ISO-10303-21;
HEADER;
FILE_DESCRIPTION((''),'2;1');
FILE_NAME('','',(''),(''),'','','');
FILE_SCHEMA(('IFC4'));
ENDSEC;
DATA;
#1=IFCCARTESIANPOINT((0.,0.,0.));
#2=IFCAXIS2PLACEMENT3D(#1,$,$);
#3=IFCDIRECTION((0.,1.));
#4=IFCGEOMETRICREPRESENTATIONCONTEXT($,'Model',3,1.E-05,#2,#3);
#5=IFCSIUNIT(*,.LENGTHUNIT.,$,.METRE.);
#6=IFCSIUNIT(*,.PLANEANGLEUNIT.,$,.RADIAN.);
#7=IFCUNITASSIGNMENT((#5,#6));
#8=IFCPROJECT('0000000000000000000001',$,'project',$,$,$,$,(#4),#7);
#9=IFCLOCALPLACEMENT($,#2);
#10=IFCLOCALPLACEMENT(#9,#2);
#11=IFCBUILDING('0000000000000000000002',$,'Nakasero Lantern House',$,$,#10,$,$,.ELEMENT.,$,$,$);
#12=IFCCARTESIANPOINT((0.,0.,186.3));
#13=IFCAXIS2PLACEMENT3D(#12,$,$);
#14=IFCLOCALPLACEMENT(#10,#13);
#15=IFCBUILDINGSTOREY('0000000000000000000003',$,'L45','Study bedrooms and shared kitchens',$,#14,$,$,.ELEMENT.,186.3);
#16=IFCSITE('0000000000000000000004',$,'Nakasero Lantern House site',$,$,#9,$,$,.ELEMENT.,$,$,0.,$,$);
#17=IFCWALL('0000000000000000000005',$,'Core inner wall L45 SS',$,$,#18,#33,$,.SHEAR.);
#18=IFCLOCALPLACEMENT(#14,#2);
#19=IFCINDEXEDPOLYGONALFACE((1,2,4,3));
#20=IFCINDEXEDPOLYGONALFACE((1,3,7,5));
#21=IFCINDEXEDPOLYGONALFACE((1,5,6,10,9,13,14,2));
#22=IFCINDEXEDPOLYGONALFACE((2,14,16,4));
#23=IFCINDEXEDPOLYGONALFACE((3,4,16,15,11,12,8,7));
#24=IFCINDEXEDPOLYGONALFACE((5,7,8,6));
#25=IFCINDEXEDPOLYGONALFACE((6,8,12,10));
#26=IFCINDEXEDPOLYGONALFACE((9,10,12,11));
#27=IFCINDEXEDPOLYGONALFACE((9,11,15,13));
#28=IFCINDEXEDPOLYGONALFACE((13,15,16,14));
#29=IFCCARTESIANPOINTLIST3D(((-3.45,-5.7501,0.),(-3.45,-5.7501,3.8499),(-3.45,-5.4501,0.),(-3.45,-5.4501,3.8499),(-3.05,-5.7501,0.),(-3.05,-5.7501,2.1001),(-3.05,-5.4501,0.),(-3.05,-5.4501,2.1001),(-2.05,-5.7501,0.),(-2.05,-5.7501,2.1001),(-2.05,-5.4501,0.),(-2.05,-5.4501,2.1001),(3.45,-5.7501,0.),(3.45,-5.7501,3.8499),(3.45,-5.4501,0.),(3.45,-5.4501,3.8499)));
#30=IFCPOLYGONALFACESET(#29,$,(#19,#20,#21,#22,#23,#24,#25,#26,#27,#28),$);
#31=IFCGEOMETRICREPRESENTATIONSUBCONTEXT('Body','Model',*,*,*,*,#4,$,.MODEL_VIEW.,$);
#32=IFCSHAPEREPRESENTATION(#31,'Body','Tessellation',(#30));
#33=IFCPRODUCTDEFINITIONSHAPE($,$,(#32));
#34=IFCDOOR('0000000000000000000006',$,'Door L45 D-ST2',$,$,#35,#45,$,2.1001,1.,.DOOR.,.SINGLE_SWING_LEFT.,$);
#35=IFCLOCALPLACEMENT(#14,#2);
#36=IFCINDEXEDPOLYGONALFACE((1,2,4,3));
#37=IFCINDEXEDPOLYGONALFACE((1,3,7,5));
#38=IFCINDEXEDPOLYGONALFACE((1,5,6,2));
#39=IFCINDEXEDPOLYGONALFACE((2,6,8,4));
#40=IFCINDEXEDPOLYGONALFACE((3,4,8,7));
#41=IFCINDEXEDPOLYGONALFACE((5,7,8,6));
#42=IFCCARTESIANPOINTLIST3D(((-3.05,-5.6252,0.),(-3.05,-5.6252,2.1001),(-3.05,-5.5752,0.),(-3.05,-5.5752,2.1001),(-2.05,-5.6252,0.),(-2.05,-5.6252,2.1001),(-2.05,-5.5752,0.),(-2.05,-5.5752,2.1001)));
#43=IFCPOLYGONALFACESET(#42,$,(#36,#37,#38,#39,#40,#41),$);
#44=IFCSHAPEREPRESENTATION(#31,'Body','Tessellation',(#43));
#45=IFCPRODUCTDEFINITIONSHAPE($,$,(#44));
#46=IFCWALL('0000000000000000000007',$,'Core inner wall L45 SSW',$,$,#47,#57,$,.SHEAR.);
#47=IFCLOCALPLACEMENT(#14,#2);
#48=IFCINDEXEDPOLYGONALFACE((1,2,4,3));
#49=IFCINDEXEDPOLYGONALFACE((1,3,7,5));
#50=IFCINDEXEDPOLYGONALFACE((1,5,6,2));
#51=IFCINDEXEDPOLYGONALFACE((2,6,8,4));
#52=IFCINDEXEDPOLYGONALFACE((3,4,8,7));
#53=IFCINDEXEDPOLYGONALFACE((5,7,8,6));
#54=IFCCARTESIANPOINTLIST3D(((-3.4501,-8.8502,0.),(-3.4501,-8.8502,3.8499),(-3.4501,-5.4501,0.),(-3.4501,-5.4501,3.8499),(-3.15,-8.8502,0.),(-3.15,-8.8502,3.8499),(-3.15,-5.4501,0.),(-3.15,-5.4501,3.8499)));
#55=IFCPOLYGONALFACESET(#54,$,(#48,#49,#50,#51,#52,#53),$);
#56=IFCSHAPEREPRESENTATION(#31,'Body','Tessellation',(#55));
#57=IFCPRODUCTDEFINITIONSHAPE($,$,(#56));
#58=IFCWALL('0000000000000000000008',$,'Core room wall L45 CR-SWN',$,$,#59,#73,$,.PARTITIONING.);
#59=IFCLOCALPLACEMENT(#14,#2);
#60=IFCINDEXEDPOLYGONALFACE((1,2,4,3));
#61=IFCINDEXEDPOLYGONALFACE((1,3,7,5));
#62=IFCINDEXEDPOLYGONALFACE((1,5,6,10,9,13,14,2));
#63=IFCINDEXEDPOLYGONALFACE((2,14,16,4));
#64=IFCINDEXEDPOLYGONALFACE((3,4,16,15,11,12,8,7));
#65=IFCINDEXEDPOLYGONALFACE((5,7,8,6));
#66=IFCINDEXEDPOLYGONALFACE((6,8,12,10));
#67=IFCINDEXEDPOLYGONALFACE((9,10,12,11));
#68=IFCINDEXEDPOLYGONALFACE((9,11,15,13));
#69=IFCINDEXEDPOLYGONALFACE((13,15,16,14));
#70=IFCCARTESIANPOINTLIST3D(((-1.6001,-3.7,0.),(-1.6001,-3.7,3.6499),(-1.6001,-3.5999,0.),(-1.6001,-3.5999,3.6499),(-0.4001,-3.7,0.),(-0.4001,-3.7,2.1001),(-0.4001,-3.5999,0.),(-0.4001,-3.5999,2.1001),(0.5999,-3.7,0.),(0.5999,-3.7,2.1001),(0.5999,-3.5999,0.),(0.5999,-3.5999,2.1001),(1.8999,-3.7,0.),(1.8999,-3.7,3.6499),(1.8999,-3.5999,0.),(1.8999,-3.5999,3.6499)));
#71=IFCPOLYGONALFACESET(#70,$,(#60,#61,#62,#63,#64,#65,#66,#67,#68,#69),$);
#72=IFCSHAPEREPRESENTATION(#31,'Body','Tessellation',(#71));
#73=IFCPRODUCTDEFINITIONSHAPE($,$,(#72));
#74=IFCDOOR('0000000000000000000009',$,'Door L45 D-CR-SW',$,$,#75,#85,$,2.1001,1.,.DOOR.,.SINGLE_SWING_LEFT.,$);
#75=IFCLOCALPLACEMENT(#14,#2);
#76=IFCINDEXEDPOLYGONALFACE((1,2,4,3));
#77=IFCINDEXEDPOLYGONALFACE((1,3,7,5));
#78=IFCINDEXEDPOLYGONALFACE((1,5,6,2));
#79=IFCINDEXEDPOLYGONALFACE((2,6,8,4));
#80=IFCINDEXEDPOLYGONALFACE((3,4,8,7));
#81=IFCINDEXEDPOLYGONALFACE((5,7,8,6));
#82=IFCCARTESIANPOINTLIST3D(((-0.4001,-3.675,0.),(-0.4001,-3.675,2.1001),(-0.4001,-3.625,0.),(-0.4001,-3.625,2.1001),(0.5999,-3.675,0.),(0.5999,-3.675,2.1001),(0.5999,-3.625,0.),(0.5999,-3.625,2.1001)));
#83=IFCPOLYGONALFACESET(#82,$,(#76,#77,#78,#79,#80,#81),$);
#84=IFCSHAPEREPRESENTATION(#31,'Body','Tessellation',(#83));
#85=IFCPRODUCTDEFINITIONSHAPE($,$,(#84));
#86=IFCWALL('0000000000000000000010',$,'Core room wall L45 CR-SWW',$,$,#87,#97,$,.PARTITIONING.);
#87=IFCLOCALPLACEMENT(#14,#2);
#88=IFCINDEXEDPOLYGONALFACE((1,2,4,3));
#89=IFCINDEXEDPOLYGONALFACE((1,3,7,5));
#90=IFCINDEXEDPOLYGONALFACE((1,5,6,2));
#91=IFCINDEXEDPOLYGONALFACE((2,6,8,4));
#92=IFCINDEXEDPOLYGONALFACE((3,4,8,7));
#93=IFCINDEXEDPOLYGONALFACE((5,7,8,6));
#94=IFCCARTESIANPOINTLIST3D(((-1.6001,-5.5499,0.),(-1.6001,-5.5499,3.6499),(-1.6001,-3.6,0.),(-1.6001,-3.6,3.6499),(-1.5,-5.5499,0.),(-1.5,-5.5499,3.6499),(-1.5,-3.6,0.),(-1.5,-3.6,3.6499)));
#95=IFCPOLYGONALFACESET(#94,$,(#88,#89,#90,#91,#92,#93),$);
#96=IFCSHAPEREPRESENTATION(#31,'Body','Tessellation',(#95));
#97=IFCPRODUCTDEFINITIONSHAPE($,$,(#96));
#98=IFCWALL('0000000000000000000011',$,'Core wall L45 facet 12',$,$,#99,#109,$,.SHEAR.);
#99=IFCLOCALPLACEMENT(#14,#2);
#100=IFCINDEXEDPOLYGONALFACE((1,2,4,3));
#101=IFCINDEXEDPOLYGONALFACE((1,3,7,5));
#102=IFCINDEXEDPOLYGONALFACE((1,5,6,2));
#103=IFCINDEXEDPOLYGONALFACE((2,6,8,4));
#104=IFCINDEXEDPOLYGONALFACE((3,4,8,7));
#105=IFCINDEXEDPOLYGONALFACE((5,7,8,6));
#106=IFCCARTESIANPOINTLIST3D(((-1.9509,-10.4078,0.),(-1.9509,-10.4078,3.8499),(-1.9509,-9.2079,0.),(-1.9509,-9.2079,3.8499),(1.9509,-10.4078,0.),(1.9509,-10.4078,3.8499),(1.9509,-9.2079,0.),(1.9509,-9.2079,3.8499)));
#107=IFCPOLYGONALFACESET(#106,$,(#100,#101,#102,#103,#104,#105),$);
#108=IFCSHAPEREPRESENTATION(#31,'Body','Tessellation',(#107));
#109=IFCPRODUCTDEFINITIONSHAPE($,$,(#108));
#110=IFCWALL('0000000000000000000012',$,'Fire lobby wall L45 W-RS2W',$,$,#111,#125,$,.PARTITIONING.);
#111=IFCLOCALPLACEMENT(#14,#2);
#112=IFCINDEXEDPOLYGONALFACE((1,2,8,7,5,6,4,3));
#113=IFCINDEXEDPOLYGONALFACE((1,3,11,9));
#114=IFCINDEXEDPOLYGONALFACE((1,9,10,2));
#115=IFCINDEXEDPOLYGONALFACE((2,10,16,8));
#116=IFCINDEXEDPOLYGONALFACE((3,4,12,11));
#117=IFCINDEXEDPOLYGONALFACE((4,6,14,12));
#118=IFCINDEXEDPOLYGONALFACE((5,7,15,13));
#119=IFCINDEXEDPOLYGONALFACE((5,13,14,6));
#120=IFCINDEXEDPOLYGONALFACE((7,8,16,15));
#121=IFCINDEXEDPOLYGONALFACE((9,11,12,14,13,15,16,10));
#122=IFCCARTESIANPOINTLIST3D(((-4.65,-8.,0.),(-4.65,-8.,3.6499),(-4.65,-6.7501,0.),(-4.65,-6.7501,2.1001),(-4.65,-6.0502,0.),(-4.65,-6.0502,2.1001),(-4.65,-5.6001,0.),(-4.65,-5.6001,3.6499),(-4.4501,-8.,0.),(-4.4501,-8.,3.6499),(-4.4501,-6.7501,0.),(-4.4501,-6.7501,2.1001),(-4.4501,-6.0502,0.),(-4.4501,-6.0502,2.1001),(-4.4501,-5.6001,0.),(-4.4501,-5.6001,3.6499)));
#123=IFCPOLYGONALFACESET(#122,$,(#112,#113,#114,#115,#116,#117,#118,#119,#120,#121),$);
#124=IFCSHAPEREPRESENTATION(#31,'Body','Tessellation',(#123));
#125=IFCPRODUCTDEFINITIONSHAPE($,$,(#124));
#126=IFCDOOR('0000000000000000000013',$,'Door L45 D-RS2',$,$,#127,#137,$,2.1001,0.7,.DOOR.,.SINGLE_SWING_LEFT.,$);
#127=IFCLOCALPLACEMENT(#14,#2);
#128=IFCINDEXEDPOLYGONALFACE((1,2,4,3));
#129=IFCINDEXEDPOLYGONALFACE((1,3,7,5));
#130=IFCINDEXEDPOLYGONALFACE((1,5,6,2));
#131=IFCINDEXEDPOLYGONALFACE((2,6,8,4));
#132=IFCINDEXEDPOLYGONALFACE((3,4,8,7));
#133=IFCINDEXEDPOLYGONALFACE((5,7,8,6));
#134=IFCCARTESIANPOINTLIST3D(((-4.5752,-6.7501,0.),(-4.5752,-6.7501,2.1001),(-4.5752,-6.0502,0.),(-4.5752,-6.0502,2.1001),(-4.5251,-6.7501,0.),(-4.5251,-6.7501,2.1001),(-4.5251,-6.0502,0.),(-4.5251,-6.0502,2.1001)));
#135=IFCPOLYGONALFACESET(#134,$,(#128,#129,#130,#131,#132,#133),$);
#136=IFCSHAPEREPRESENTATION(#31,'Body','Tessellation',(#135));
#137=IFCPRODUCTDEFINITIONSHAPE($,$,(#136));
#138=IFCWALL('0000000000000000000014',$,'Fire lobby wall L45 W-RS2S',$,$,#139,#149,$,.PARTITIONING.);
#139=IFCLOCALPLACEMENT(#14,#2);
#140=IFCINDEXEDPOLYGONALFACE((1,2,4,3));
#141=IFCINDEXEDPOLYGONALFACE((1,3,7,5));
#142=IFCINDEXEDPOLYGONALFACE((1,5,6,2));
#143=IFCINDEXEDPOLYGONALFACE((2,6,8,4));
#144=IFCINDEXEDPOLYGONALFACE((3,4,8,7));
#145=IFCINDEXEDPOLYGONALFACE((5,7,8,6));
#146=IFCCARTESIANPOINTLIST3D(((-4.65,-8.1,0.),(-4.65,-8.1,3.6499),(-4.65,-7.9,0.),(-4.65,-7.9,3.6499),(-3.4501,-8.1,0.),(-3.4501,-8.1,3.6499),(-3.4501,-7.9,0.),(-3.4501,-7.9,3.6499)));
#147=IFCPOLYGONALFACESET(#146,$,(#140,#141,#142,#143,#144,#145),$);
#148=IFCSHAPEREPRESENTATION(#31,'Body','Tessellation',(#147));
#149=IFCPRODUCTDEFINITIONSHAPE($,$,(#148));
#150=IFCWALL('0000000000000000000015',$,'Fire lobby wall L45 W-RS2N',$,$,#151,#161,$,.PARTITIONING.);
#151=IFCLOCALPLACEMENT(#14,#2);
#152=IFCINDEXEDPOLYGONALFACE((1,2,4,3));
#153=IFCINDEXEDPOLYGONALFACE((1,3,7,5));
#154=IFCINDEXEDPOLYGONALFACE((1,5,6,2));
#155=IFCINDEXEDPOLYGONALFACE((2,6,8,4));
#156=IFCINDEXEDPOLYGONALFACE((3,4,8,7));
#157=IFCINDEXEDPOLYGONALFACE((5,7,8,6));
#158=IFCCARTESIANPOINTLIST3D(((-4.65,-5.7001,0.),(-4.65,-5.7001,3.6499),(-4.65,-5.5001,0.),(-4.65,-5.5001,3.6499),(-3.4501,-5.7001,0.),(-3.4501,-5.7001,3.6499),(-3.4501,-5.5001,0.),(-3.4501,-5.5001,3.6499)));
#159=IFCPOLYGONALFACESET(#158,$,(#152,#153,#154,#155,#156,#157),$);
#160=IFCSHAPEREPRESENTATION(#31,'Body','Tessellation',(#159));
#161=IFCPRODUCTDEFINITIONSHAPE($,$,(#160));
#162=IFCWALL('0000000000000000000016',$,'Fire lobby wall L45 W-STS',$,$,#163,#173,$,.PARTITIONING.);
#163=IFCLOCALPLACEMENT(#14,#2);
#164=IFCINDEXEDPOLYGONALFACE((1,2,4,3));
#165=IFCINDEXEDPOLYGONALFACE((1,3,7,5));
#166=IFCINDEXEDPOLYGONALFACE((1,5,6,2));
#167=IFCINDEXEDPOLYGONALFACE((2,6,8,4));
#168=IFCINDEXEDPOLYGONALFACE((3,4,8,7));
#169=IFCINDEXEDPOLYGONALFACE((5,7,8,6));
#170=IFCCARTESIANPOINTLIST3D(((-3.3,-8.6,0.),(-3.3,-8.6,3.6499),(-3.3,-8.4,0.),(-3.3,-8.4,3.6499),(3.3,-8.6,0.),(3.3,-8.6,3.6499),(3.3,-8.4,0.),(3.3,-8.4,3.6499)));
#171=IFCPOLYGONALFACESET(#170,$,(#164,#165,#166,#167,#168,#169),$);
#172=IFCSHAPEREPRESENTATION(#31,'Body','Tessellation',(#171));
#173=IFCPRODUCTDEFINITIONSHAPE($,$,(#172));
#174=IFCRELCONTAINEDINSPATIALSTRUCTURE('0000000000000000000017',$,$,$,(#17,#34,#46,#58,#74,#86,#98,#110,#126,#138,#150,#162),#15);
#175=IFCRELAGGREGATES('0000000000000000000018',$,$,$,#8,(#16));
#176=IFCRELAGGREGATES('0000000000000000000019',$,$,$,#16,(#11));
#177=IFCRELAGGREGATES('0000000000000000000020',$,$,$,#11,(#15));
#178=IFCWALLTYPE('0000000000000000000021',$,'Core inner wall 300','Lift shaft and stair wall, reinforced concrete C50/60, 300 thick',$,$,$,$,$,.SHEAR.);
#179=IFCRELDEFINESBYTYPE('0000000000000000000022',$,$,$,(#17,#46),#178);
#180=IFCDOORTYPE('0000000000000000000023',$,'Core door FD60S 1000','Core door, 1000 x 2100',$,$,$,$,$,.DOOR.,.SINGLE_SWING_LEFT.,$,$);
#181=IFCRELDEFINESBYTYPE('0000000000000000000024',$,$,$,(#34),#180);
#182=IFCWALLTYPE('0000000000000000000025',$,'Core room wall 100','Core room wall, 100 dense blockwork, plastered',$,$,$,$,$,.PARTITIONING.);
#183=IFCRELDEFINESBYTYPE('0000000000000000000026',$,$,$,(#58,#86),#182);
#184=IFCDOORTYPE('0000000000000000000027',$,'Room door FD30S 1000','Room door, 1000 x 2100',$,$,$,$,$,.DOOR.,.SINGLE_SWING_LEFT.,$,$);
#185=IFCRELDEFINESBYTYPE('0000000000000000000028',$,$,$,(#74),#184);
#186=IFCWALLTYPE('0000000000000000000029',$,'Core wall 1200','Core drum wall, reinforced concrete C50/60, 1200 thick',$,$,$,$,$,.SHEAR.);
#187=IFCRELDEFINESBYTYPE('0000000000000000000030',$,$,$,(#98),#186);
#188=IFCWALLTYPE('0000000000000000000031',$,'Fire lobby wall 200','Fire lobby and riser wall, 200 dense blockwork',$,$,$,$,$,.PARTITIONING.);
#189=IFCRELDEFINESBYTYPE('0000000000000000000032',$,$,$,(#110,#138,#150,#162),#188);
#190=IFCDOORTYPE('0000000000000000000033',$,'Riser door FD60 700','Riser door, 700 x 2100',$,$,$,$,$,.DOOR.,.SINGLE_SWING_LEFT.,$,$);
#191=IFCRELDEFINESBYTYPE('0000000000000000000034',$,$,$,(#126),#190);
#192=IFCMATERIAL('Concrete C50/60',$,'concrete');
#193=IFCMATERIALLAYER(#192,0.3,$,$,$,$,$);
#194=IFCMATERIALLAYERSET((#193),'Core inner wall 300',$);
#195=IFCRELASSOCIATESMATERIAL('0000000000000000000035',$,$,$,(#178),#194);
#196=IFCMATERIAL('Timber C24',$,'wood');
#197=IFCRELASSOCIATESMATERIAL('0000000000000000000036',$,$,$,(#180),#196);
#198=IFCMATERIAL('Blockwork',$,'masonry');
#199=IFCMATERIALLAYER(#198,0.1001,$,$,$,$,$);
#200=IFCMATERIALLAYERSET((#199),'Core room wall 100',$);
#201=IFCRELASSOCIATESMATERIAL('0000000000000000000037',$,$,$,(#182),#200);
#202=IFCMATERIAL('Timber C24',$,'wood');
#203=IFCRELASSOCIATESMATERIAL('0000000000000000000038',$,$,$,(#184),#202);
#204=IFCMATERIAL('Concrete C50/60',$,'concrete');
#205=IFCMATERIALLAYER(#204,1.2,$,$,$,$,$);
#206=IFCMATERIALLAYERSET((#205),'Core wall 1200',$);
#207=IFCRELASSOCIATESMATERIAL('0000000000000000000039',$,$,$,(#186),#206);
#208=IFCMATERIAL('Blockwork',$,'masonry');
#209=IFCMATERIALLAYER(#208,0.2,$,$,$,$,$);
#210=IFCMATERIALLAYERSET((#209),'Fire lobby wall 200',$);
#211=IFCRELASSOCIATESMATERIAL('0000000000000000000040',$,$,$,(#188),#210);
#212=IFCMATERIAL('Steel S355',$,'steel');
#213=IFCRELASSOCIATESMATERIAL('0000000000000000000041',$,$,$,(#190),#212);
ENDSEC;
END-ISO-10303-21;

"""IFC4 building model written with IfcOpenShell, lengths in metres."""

from ifc_helpers import new_model, si_unit, direction, frame, frame_2d, origin, place, context, subcontext, project, spatial, rectangle, extrude, material, layer, layer_set, type_object, element, fill, save


model = new_model("IFC4")

# Units and contexts
model_context = context("Model", 3, precision=1e-05, world=origin(), true_north=direction((0.0, 1.0)))
body_context = subcontext(model_context, "Body", "Model", "MODEL_VIEW")
ifc_project = project(units=[si_unit("LENGTHUNIT", "METRE"), si_unit("PLANEANGLEUNIT", "RADIAN")], contexts=[model_context])

# Site, building, storey
site_placement = place(None, origin())
site = spatial("IfcSite", under=ifc_project, at=site_placement, Name="Nakasero Lantern House site", CompositionType="ELEMENT", RefElevation=0.0)
building_placement = place(site_placement, origin())
building = spatial("IfcBuilding", under=site, at=building_placement, Name="Nakasero Lantern House", CompositionType="ELEMENT")
storey_placement = place(building_placement, frame((0.0, 0.0, 186.3)))
storey = spatial("IfcBuildingStorey", under=building, at=storey_placement, Name="L45", Description="Study bedrooms and shared kitchens", CompositionType="ELEMENT", Elevation=186.3)

# Wall, opening, door
ifc_material_1 = material(Name="Concrete C50/60", Category="concrete")
ifc_layer_1 = layer(ifc_material_1, 0.3)
ifc_layer_set_1 = layer_set([ifc_layer_1], Name="Core inner wall 300")
wall_type_1 = type_object("IfcWallType", Name="Core inner wall 300", Description="Lift shaft and stair wall, reinforced concrete C50/60, 300 thick", PredefinedType="SHEAR", material=ifc_layer_set_1)
wall_1_placement = place(storey_placement, frame((-3.45, -5.6001, 0.0), z_axis=(0.0, 0.0, 1.0), x_axis=(1.0, 0.0, 0.0)))
wall_1 = element("IfcWall", 1, at=wall_1_placement, inside=storey, type_object=wall_type_1, Name="Core inner wall L45 SS", PredefinedType="SHEAR", context=body_context, shape_type="SweptSolid", body=[
    extrude(rectangle(XDim=6.8999, YDim=0.3, at=frame_2d((3.45, 0.0))), origin(), (0.0, 0.0, 1.0), 3.8499),
])
opening_1_placement = place(wall_1_placement, frame((0.3999, 0.0, 0.0)))
opening_1 = element("IfcOpeningElement", 2, at=opening_1_placement, cuts=wall_1, PredefinedType="OPENING", context=body_context, shape_type="SweptSolid", body=[
    extrude(rectangle(XDim=1.0, YDim=2.1001, at=frame_2d((0.5, 1.05))), frame((0.0, 0.1699, 0.0), z_axis=(0.0, -1.0, 0.0), x_axis=(1.0, 0.0, 0.0)), (0.0, 0.0, 1.0), 0.3401),
])
ifc_material_2 = material(Name="Timber C24", Category="wood")
door_type_1 = type_object("IfcDoorType", Name="Core door FD60S 1000", Description="Core door, 1000 x 2100", OperationType="SINGLE_SWING_LEFT", PredefinedType="DOOR", material=ifc_material_2)
door_1_placement = place(opening_1_placement, origin())
door_1 = element("IfcDoor", 3, at=door_1_placement, inside=storey, type_object=door_type_1, Name="Door L45 D-ST2", OperationType="SINGLE_SWING_LEFT", OverallHeight=2.1001, OverallWidth=1.0, PredefinedType="DOOR", context=body_context, shape_type="SweptSolid", body=[
    extrude(rectangle(XDim=1.0, YDim=2.1001, at=frame_2d((0.5, 1.05))), frame((0.0, 0.0249, 0.0), z_axis=(0.0, -1.0, 0.0), x_axis=(1.0, 0.0, 0.0)), (0.0, 0.0, 1.0), 0.05),
])
fill(opening_1, door_1)

# Wall
wall_2_placement = place(storey_placement, frame((-3.3, -5.45, 0.0), z_axis=(0.0, 0.0, 1.0), x_axis=(0.0, -1.0, 0.0)))
element("IfcWall", 4, at=wall_2_placement, inside=storey, type_object=wall_type_1, Name="Core inner wall L45 SSW", PredefinedType="SHEAR", context=body_context, shape_type="SweptSolid", body=[
    extrude(rectangle(XDim=3.4001, YDim=0.3, at=frame_2d((1.7002, 0.0))), origin(), (0.0, 0.0, 1.0), 3.8499),
])

# Wall, opening, door
ifc_material_3 = material(Name="Blockwork", Category="masonry")
ifc_layer_2 = layer(ifc_material_3, 0.1001)
ifc_layer_set_2 = layer_set([ifc_layer_2], Name="Core room wall 100")
wall_type_2 = type_object("IfcWallType", Name="Core room wall 100", Description="Core room wall, 100 dense blockwork, plastered", PredefinedType="PARTITIONING", material=ifc_layer_set_2)
wall_3_placement = place(storey_placement, frame((-1.6001, -3.6499, 0.0), z_axis=(0.0, 0.0, 1.0), x_axis=(1.0, 0.0, 0.0)))
wall_3 = element("IfcWall", 5, at=wall_3_placement, inside=storey, type_object=wall_type_2, Name="Core room wall L45 CR-SWN", PredefinedType="PARTITIONING", context=body_context, shape_type="SweptSolid", body=[
    extrude(rectangle(XDim=3.5, YDim=0.1001, at=frame_2d((1.75, 0.0))), origin(), (0.0, 0.0, 1.0), 3.6499),
])
opening_2_placement = place(wall_3_placement, frame((1.2, 0.0, 0.0)))
opening_2 = element("IfcOpeningElement", 6, at=opening_2_placement, cuts=wall_3, PredefinedType="OPENING", context=body_context, shape_type="SweptSolid", body=[
    extrude(rectangle(XDim=1.0, YDim=2.1001, at=frame_2d((0.5, 1.05))), frame((0.0, 0.0701, 0.0), z_axis=(0.0, -1.0, 0.0), x_axis=(1.0, 0.0, 0.0)), (0.0, 0.0, 1.0), 0.1401),
])
ifc_material_4 = material(Name="Timber C24", Category="wood")
door_type_2 = type_object("IfcDoorType", Name="Room door FD30S 1000", Description="Room door, 1000 x 2100", OperationType="SINGLE_SWING_LEFT", PredefinedType="DOOR", material=ifc_material_4)
door_2_placement = place(opening_2_placement, origin())
door_2 = element("IfcDoor", 7, at=door_2_placement, inside=storey, type_object=door_type_2, Name="Door L45 D-CR-SW", OperationType="SINGLE_SWING_LEFT", OverallHeight=2.1001, OverallWidth=1.0, PredefinedType="DOOR", context=body_context, shape_type="SweptSolid", body=[
    extrude(rectangle(XDim=1.0, YDim=2.1001, at=frame_2d((0.5, 1.05))), frame((0.0, 0.0249, 0.0), z_axis=(0.0, -1.0, 0.0), x_axis=(1.0, 0.0, 0.0)), (0.0, 0.0, 1.0), 0.05),
])
fill(opening_2, door_2)

# Walls
wall_4_placement = place(storey_placement, frame((-1.55, -5.55, 0.0), z_axis=(0.0, 0.0, 1.0), x_axis=(0.0, 1.0, 0.0)))
element("IfcWall", 8, at=wall_4_placement, inside=storey, type_object=wall_type_2, Name="Core room wall L45 CR-SWW", PredefinedType="PARTITIONING", context=body_context, shape_type="SweptSolid", body=[
    extrude(rectangle(XDim=1.95, YDim=0.1001, at=frame_2d((0.9751, 0.0))), origin(), (0.0, 0.0, 1.0), 3.6499),
])
ifc_material_5 = material(Name="Concrete C50/60", Category="concrete")
ifc_layer_3 = layer(ifc_material_5, 1.2)
ifc_layer_set_3 = layer_set([ifc_layer_3], Name="Core wall 1200")
wall_type_3 = type_object("IfcWallType", Name="Core wall 1200", Description="Core drum wall, reinforced concrete C50/60, 1200 thick", PredefinedType="SHEAR", material=ifc_layer_set_3)
wall_5_placement = place(storey_placement, frame((-1.9509, -9.8079, 0.0), z_axis=(0.0, 0.0, 1.0), x_axis=(1.0, 0.0, 0.0)))
element("IfcWall", 9, at=wall_5_placement, inside=storey, type_object=wall_type_3, Name="Core wall L45 facet 12", PredefinedType="SHEAR", context=body_context, shape_type="SweptSolid", body=[
    extrude(rectangle(XDim=3.9019, YDim=1.2, at=frame_2d((1.9509, 0.0))), origin(), (0.0, 0.0, 1.0), 3.8499),
])

# Wall, opening, door
ifc_material_6 = material(Name="Blockwork", Category="masonry")
ifc_layer_4 = layer(ifc_material_6, 0.2)
ifc_layer_set_4 = layer_set([ifc_layer_4], Name="Fire lobby wall 200")
wall_type_4 = type_object("IfcWallType", Name="Fire lobby wall 200", Description="Fire lobby and riser wall, 200 dense blockwork", PredefinedType="PARTITIONING", material=ifc_layer_set_4)
wall_6_placement = place(storey_placement, frame((-4.55, -5.6001, 0.0), z_axis=(0.0, 0.0, 1.0), x_axis=(0.0, -1.0, 0.0)))
wall_6 = element("IfcWall", 10, at=wall_6_placement, inside=storey, type_object=wall_type_4, Name="Fire lobby wall L45 W-RS2W", PredefinedType="PARTITIONING", context=body_context, shape_type="SweptSolid", body=[
    extrude(rectangle(XDim=2.3999, YDim=0.2, at=frame_2d((1.2, 0.0))), origin(), (0.0, 0.0, 1.0), 3.6499),
])
opening_3_placement = place(wall_6_placement, frame((0.45, 0.0, 0.0)))
opening_3 = element("IfcOpeningElement", 11, at=opening_3_placement, cuts=wall_6, PredefinedType="OPENING", context=body_context, shape_type="SweptSolid", body=[
    extrude(rectangle(XDim=0.7, YDim=2.1001, at=frame_2d((0.3501, 1.05))), frame((0.0, 0.1199, 0.0), z_axis=(0.0, -1.0, 0.0), x_axis=(1.0, 0.0, 0.0)), (0.0, 0.0, 1.0), 0.24),
])
ifc_material_7 = material(Name="Steel S355", Category="steel")
door_type_3 = type_object("IfcDoorType", Name="Riser door FD60 700", Description="Riser door, 700 x 2100", OperationType="SINGLE_SWING_LEFT", PredefinedType="DOOR", material=ifc_material_7)
door_3_placement = place(opening_3_placement, origin())
door_3 = element("IfcDoor", 12, at=door_3_placement, inside=storey, type_object=door_type_3, Name="Door L45 D-RS2", OperationType="SINGLE_SWING_LEFT", OverallHeight=2.1001, OverallWidth=0.7, PredefinedType="DOOR", context=body_context, shape_type="SweptSolid", body=[
    extrude(rectangle(XDim=0.7, YDim=2.1001, at=frame_2d((0.3501, 1.05))), frame((0.0, 0.0249, 0.0), z_axis=(0.0, -1.0, 0.0), x_axis=(1.0, 0.0, 0.0)), (0.0, 0.0, 1.0), 0.05),
])
fill(opening_3, door_3)

# Walls
for number, where, z_axis, x_axis, name in (
    (13, (-3.45, -8.0, 0.0), (0.0, 0.0, 1.0), (-1.0, 0.0, 0.0), "Fire lobby wall L45 W-RS2S"),
    (14, (-3.45, -5.6001, 0.0), (0.0, 0.0, 1.0), (-1.0, 0.0, 0.0), "Fire lobby wall L45 W-RS2N"),
):
    element("IfcWall", number, at=place(storey_placement, frame(where, z_axis=z_axis, x_axis=x_axis)), inside=storey, type_object=wall_type_4, Name=name, PredefinedType="PARTITIONING", context=body_context, shape_type="SweptSolid", body=[
        extrude(rectangle(XDim=1.2, YDim=0.2, at=frame_2d((0.6001, 0.0))), origin(), (0.0, 0.0, 1.0), 3.6499),
    ])
wall_7_placement = place(storey_placement, frame((-3.3, -8.5, 0.0), z_axis=(0.0, 0.0, 1.0), x_axis=(1.0, 0.0, 0.0)))
element("IfcWall", 15, at=wall_7_placement, inside=storey, type_object=wall_type_4, Name="Fire lobby wall L45 W-STS", PredefinedType="PARTITIONING", context=body_context, shape_type="SweptSolid", body=[
    extrude(rectangle(XDim=6.6001, YDim=0.2, at=frame_2d((3.3, 0.0))), origin(), (0.0, 0.0, 1.0), 3.6499),
])

save(model, "model.ifc")
